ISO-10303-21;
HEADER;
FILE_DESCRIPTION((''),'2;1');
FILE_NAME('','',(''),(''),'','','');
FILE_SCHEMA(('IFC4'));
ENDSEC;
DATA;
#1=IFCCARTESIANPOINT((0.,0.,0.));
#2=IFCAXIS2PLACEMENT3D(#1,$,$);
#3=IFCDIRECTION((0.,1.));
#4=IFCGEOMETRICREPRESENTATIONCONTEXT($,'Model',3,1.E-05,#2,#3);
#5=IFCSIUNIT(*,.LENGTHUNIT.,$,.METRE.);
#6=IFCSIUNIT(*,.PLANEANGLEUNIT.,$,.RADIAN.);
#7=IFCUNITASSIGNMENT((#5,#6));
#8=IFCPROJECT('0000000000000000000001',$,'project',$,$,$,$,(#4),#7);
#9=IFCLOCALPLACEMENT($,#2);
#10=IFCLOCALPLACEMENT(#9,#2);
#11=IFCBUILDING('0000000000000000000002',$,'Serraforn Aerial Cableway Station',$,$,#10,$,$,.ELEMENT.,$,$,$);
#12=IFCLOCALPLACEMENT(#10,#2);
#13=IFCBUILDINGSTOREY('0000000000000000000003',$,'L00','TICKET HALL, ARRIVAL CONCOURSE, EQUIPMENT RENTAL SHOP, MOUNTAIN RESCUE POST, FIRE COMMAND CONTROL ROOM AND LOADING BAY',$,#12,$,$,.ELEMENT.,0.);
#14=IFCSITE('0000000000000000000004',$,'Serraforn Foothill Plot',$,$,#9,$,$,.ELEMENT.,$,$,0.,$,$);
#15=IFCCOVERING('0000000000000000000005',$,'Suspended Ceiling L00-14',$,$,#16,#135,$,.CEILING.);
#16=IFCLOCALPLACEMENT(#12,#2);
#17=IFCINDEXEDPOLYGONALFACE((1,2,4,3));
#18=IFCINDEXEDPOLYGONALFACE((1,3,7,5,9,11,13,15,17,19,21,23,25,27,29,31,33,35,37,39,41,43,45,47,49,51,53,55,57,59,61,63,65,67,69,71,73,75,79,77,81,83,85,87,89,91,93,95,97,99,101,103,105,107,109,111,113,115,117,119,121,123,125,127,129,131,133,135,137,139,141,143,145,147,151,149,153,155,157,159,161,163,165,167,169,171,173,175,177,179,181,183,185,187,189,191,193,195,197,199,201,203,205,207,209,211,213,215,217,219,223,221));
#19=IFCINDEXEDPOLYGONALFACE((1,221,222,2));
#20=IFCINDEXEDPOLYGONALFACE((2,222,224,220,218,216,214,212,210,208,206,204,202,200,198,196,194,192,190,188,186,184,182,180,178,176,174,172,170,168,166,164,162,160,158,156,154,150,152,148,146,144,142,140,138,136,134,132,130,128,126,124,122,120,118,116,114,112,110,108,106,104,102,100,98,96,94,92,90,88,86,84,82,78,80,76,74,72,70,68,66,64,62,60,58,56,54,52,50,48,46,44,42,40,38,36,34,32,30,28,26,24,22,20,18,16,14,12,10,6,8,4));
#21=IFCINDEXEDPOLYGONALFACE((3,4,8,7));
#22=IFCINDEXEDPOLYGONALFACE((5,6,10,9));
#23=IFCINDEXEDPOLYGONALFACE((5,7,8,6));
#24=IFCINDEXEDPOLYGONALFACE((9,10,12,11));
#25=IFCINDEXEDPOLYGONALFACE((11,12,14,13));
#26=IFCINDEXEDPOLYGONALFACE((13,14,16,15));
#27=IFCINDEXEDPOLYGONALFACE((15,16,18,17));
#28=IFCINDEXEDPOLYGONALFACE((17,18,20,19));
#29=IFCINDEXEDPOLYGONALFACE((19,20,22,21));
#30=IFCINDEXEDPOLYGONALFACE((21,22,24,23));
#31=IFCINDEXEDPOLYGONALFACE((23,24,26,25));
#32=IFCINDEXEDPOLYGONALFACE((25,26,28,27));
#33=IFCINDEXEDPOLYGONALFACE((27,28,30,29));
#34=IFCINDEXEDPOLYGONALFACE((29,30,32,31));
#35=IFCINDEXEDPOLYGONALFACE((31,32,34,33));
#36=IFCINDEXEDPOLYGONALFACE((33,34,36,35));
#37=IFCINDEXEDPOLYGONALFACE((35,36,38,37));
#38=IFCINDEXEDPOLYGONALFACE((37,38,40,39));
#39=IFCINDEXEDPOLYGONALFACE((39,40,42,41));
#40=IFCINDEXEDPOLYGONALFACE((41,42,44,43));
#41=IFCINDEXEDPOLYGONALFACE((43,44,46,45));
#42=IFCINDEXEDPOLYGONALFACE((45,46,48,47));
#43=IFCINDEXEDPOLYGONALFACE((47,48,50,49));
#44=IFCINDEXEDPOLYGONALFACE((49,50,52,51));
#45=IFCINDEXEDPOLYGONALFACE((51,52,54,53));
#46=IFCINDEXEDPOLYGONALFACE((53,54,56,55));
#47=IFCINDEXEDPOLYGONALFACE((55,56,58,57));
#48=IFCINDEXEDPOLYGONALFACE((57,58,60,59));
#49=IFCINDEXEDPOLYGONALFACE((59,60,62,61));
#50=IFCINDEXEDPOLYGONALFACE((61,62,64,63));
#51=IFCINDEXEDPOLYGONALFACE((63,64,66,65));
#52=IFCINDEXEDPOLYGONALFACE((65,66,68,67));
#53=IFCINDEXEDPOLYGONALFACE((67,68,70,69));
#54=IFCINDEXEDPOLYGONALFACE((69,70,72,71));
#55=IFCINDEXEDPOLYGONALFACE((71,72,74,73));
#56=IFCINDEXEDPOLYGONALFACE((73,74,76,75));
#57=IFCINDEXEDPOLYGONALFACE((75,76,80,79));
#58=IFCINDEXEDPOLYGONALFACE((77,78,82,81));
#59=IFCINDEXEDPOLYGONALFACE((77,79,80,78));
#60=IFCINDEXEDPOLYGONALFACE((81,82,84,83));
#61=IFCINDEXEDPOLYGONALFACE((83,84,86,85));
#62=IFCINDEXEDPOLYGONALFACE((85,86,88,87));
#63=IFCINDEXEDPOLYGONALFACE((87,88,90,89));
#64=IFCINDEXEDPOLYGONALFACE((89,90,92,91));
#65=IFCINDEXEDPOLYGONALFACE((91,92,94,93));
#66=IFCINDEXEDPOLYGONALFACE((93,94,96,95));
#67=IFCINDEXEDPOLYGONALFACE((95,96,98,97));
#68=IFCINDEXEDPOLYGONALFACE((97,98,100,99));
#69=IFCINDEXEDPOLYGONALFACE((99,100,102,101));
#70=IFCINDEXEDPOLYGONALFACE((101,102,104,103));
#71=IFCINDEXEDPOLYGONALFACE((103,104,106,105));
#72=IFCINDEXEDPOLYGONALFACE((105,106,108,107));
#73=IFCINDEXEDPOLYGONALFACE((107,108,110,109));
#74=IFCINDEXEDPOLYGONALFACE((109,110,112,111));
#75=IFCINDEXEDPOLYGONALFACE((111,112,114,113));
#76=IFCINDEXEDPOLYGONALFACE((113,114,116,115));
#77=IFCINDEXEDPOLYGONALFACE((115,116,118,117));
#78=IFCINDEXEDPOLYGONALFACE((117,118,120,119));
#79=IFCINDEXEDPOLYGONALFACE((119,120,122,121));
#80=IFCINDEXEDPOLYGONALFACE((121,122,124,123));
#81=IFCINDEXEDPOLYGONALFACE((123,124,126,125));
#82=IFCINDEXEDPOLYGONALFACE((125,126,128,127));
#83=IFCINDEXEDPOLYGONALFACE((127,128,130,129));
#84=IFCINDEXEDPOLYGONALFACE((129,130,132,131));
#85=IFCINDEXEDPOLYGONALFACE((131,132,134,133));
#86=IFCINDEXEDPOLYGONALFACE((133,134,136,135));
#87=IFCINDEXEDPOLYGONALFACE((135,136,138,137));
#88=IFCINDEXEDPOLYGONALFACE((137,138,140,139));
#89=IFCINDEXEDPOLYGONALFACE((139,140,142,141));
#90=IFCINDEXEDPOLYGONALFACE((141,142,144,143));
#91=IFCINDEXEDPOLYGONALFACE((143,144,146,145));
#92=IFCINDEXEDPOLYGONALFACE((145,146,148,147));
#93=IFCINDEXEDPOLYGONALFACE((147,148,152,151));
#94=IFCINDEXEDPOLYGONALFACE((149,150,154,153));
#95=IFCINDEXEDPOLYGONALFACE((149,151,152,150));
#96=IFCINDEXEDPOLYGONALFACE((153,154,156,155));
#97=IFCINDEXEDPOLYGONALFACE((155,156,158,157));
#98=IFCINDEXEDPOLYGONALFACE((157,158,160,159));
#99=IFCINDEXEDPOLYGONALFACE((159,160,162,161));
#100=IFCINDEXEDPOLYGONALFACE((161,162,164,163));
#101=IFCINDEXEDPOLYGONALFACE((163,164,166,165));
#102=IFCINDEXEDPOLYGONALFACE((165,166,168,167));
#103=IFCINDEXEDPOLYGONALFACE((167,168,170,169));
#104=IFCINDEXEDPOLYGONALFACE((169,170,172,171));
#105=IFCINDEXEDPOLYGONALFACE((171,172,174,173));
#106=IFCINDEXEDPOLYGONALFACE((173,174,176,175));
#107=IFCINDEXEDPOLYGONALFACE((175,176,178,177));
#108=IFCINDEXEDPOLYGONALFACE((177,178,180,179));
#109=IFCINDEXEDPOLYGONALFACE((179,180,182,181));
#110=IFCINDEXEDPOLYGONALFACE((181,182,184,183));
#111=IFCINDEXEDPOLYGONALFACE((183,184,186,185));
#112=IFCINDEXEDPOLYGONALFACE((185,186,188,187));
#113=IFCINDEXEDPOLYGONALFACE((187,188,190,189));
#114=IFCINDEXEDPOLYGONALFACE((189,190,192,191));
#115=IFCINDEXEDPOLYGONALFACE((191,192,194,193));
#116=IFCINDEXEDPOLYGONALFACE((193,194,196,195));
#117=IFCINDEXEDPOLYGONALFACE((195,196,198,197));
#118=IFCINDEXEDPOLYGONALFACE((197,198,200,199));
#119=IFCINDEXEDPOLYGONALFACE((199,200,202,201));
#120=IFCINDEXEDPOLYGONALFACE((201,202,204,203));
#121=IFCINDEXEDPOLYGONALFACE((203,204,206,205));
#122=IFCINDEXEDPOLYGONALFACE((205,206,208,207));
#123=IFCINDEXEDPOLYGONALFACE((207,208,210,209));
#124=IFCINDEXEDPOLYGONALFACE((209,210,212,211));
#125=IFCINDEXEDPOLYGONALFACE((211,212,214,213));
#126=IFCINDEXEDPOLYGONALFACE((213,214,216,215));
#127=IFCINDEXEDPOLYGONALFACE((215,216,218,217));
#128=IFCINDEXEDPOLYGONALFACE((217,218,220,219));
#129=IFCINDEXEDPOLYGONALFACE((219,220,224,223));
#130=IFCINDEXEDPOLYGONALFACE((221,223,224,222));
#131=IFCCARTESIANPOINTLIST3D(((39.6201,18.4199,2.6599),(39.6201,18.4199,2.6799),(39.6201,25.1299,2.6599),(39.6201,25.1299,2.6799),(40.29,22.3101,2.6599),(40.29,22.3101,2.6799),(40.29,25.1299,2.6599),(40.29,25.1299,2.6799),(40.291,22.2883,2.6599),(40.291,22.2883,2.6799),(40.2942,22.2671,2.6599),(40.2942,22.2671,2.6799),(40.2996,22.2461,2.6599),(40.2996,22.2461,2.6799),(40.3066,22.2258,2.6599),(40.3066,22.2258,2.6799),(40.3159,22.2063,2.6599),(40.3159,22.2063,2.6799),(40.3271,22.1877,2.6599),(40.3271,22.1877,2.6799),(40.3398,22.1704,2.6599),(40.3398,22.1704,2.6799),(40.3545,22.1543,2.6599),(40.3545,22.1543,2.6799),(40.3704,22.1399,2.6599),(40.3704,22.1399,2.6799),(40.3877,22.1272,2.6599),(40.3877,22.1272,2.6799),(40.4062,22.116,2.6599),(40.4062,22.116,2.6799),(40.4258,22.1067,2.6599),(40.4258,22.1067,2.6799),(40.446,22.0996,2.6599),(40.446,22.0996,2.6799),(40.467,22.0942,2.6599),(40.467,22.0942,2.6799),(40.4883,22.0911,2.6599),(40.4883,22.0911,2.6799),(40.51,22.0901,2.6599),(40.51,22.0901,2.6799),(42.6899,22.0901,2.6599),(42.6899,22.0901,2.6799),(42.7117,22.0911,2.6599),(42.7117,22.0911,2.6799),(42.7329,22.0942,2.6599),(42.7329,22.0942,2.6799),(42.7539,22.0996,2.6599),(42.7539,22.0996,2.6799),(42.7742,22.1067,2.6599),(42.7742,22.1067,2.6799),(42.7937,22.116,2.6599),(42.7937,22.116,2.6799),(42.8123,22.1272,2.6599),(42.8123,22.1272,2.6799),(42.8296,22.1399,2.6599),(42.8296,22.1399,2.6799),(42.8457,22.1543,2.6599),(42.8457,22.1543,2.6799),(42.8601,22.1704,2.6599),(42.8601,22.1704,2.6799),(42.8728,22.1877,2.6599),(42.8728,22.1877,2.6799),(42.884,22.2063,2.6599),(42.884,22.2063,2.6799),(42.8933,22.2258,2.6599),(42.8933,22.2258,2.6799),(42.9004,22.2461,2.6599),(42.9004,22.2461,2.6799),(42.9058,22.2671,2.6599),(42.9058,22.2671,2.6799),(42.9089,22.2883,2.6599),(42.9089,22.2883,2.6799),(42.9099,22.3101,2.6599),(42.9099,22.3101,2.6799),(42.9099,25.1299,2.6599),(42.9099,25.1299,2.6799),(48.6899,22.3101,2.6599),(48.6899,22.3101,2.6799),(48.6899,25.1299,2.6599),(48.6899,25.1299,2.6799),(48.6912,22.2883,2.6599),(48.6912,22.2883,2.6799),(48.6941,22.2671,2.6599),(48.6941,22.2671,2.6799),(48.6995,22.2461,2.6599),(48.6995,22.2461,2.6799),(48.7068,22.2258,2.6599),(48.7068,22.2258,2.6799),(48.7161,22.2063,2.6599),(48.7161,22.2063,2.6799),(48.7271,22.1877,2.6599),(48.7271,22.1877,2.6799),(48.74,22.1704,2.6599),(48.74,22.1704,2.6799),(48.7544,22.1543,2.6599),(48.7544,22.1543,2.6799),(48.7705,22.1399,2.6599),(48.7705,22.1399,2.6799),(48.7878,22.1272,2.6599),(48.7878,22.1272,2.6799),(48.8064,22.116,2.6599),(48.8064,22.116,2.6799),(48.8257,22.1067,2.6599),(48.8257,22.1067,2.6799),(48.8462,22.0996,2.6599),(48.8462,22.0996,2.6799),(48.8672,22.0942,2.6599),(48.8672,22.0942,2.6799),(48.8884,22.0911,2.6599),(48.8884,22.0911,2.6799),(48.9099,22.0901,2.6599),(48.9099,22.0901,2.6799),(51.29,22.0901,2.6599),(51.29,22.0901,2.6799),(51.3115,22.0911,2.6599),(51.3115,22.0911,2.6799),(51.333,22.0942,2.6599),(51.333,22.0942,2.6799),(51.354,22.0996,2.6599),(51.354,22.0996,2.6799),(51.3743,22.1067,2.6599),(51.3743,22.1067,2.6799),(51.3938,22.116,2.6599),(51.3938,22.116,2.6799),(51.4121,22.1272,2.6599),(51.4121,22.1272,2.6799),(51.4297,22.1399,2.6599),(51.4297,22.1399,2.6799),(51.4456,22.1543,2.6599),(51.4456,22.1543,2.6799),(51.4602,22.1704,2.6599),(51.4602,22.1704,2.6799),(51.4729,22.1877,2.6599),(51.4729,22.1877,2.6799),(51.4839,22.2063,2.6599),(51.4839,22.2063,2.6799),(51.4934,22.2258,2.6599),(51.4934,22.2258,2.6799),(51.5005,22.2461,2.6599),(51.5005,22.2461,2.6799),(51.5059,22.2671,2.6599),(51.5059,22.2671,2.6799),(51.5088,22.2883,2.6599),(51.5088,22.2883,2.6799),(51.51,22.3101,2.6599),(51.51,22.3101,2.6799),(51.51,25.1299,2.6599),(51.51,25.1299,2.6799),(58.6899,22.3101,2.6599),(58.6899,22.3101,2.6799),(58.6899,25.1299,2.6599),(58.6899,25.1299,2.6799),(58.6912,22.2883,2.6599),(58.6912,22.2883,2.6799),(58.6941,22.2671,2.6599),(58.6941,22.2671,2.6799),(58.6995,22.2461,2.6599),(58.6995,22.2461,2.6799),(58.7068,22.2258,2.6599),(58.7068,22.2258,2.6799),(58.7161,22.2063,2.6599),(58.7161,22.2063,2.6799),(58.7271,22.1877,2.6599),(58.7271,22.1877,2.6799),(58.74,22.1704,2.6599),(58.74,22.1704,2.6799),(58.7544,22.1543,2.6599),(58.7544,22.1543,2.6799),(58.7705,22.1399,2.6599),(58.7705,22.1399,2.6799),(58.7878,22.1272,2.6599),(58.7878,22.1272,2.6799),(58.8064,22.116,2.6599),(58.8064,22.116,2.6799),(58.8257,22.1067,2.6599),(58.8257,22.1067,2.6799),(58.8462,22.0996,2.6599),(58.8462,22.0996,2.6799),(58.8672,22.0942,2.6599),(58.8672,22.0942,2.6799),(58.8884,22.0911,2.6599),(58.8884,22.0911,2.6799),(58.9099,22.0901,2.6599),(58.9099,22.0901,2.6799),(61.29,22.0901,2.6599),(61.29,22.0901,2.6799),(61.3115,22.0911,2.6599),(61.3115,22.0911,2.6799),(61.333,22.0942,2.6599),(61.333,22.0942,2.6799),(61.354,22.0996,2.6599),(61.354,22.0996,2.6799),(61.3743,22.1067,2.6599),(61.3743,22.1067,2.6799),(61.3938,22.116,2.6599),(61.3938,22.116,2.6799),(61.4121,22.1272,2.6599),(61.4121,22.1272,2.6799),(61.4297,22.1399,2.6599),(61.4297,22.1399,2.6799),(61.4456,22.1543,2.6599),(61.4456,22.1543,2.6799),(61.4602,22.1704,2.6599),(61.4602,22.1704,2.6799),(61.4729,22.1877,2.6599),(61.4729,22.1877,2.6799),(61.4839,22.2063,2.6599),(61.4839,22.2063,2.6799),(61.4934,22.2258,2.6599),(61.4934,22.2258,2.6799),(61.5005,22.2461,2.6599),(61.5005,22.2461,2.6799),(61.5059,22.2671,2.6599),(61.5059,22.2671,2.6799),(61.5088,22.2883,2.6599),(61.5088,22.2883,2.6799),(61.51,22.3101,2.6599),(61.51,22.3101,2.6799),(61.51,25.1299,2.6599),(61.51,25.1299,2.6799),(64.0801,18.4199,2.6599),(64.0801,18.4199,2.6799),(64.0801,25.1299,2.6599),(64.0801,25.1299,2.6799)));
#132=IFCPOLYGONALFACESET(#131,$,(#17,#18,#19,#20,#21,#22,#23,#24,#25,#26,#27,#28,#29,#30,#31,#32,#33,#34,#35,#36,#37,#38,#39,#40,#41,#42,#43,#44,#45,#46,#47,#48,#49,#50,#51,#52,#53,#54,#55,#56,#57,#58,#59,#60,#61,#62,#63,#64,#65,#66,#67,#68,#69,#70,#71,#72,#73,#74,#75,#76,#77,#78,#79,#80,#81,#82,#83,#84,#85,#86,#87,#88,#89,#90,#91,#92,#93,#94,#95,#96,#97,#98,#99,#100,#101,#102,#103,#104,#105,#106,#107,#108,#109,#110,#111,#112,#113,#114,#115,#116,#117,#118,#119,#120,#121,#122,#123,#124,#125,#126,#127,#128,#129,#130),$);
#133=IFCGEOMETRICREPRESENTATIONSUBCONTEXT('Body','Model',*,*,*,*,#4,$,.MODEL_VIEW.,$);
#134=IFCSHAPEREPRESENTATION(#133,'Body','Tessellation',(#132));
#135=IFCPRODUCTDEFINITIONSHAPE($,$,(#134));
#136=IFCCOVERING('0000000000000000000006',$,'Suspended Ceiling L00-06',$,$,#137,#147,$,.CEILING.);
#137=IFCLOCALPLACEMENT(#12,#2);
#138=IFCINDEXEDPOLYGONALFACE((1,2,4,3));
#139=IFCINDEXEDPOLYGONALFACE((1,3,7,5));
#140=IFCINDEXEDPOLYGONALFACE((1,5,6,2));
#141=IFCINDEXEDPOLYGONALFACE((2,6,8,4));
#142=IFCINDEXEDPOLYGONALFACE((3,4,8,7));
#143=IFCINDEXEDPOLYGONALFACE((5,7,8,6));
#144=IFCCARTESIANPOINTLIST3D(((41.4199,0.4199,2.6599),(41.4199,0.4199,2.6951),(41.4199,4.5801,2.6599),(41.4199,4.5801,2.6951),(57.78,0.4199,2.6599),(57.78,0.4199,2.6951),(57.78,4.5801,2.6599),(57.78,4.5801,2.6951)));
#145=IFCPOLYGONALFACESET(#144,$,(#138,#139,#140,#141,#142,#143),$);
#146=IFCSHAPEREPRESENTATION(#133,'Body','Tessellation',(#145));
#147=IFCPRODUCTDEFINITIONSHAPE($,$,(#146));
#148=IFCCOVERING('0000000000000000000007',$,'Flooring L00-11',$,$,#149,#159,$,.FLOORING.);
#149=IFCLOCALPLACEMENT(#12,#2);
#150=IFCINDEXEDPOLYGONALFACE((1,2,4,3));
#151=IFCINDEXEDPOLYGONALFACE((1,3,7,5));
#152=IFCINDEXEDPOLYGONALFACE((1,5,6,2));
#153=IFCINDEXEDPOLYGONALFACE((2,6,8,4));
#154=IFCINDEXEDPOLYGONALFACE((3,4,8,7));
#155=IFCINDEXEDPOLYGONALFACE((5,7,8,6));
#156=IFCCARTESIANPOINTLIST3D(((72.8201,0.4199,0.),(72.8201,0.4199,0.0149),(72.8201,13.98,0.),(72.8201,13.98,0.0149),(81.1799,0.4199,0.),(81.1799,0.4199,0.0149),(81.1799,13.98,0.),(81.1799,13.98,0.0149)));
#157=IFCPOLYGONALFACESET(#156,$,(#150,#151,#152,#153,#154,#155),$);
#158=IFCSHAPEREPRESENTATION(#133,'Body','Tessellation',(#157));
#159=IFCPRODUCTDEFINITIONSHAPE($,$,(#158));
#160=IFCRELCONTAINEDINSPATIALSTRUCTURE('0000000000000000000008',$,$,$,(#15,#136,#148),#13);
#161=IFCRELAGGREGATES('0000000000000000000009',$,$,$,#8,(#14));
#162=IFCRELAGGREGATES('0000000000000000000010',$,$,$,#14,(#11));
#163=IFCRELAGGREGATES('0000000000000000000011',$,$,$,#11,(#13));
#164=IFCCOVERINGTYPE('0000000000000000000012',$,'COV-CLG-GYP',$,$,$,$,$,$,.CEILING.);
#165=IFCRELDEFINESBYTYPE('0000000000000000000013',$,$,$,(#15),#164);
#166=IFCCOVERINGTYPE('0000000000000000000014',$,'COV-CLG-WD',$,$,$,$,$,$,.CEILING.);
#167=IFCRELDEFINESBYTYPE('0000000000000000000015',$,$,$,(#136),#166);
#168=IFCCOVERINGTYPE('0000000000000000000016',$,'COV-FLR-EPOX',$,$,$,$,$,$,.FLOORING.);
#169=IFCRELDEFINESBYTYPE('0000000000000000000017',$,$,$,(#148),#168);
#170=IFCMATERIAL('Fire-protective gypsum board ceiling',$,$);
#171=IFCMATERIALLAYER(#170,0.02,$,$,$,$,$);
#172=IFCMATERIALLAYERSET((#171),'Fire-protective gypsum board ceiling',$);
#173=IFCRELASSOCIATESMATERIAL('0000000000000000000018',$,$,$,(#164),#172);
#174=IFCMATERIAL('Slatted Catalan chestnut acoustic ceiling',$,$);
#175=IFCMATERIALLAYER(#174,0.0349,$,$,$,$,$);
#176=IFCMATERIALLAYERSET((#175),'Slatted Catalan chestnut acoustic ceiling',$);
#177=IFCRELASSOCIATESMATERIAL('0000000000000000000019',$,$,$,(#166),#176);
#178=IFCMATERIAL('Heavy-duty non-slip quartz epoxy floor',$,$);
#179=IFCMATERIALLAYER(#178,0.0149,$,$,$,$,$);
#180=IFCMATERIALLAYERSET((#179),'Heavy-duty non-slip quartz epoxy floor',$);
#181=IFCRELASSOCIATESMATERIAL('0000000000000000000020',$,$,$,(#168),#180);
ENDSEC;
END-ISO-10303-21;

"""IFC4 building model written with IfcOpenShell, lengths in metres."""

from ifc_helpers import new_model, si_unit, direction, frame, origin, place, context, subcontext, project, spatial, polyline, outline, extrude, material, layer, layer_set, type_object, element, save


model = new_model("IFC4")

# Units and contexts
model_context = context("Model", 3, precision=1e-05, world=origin(), true_north=direction((0.0, 1.0)))
body_context = subcontext(model_context, "Body", "Model", "MODEL_VIEW")
ifc_project = project(units=[si_unit("LENGTHUNIT", "METRE"), si_unit("PLANEANGLEUNIT", "RADIAN")], contexts=[model_context])

# Site, building, storey
site_placement = place(None, origin())
site = spatial("IfcSite", under=ifc_project, at=site_placement, Name="Serraforn Foothill Plot", CompositionType="ELEMENT", RefElevation=0.0)
building_placement = place(site_placement, origin())
building = spatial("IfcBuilding", under=site, at=building_placement, Name="Serraforn Aerial Cableway Station", CompositionType="ELEMENT")
storey_placement = place(building_placement, origin())
storey = spatial("IfcBuildingStorey", under=building, at=storey_placement, Name="L00", Description="TICKET HALL, ARRIVAL CONCOURSE, EQUIPMENT RENTAL SHOP, MOUNTAIN RESCUE POST, FIRE COMMAND CONTROL ROOM AND LOADING BAY", CompositionType="ELEMENT", Elevation=0.0)

# Coverings
ifc_material_1 = material(Name="Fire-protective gypsum board ceiling")
ifc_layer_1 = layer(ifc_material_1, 0.02)
ifc_layer_set_1 = layer_set([ifc_layer_1], Name="Fire-protective gypsum board ceiling")
covering_type_1 = type_object("IfcCoveringType", Name="COV-CLG-GYP", PredefinedType="CEILING", material=ifc_layer_set_1)
covering_1_placement = place(storey_placement, frame((0.0, 0.0, 2.6599)))
element("IfcCovering", 1, at=covering_1_placement, inside=storey, type_object=covering_type_1, Name="Suspended Ceiling L00-14", PredefinedType="CEILING", context=body_context, shape_type="SweptSolid", body=[
    extrude(outline(polyline([(39.6201, 18.4199), (39.6201, 25.1299), (40.29, 25.1299), (40.29, 22.3101), (40.291, 22.2883), (40.2942, 22.2671), (40.2996, 22.2461), (40.3066, 22.2258), (40.3159, 22.2063), (40.3271, 22.1877), (40.3398, 22.1704), (40.3545, 22.1543), (40.3704, 22.1399), (40.3877, 22.1272), (40.4062, 22.116), (40.4258, 22.1067), (40.446, 22.0996), (40.467, 22.0942), (40.4883, 22.0911), (40.51, 22.0901), (42.6899, 22.0901), (42.7117, 22.0911), (42.7329, 22.0942), (42.7539, 22.0996), (42.7742, 22.1067), (42.7937, 22.116), (42.8123, 22.1272), (42.8296, 22.1399), (42.8457, 22.1543), (42.8601, 22.1704), (42.8728, 22.1877), (42.884, 22.2063), (42.8933, 22.2258), (42.9004, 22.2461), (42.9058, 22.2671), (42.9089, 22.2883), (42.9099, 22.3101), (42.9099, 25.1299), (48.6899, 25.1299), (48.6899, 22.3101), (48.6912, 22.2883), (48.6941, 22.2671), (48.6995, 22.2461), (48.7068, 22.2258), (48.7161, 22.2063), (48.7271, 22.1877), (48.74, 22.1704), (48.7544, 22.1543), (48.7705, 22.1399), (48.7878, 22.1272), (48.8064, 22.116), (48.8257, 22.1067), (48.8462, 22.0996), (48.8672, 22.0942), (48.8884, 22.0911), (48.9099, 22.0901), (51.29, 22.0901), (51.3115, 22.0911), (51.333, 22.0942), (51.354, 22.0996), (51.3743, 22.1067), (51.3938, 22.116), (51.4121, 22.1272), (51.4297, 22.1399), (51.4456, 22.1543), (51.4602, 22.1704), (51.4729, 22.1877), (51.4839, 22.2063), (51.4934, 22.2258), (51.5005, 22.2461), (51.5059, 22.2671), (51.5088, 22.2883), (51.51, 22.3101), (51.51, 25.1299), (58.6899, 25.1299), (58.6899, 22.3101), (58.6912, 22.2883), (58.6941, 22.2671), (58.6995, 22.2461), (58.7068, 22.2258), (58.7161, 22.2063), (58.7271, 22.1877), (58.74, 22.1704), (58.7544, 22.1543), (58.7705, 22.1399), (58.7878, 22.1272), (58.8064, 22.116), (58.8257, 22.1067), (58.8462, 22.0996), (58.8672, 22.0942), (58.8884, 22.0911), (58.9099, 22.0901), (61.29, 22.0901), (61.3115, 22.0911), (61.333, 22.0942), (61.354, 22.0996), (61.3743, 22.1067), (61.3938, 22.116), (61.4121, 22.1272), (61.4297, 22.1399), (61.4456, 22.1543), (61.4602, 22.1704), (61.4729, 22.1877), (61.4839, 22.2063), (61.4934, 22.2258), (61.5005, 22.2461), (61.5059, 22.2671), (61.5088, 22.2883), (61.51, 22.3101), (61.51, 25.1299), (64.0801, 25.1299), (64.0801, 18.4199), (39.6201, 18.4199)])), origin(), (0.0, 0.0, 1.0), 0.02),
])
ifc_material_2 = material(Name="Slatted Catalan chestnut acoustic ceiling")
ifc_layer_2 = layer(ifc_material_2, 0.0349)
ifc_layer_set_2 = layer_set([ifc_layer_2], Name="Slatted Catalan chestnut acoustic ceiling")
covering_type_2 = type_object("IfcCoveringType", Name="COV-CLG-WD", PredefinedType="CEILING", material=ifc_layer_set_2)
covering_2_placement = place(storey_placement, frame((0.0, 0.0, 2.6599)))
element("IfcCovering", 2, at=covering_2_placement, inside=storey, type_object=covering_type_2, Name="Suspended Ceiling L00-06", PredefinedType="CEILING", context=body_context, shape_type="SweptSolid", body=[
    extrude(outline(polyline([(41.4199, 4.5801), (57.78, 4.5801), (57.78, 0.4199), (41.4199, 0.4199), (41.4199, 4.5801)])), origin(), (0.0, 0.0, 1.0), 0.0352),
])
ifc_material_3 = material(Name="Heavy-duty non-slip quartz epoxy floor")
ifc_layer_3 = layer(ifc_material_3, 0.0149)
ifc_layer_set_3 = layer_set([ifc_layer_3], Name="Heavy-duty non-slip quartz epoxy floor")
covering_type_3 = type_object("IfcCoveringType", Name="COV-FLR-EPOX", PredefinedType="FLOORING", material=ifc_layer_set_3)
covering_3_placement = place(storey_placement, origin())
element("IfcCovering", 3, at=covering_3_placement, inside=storey, type_object=covering_type_3, Name="Flooring L00-11", PredefinedType="FLOORING", context=body_context, shape_type="SweptSolid", body=[
    extrude(outline(polyline([(72.8201, 0.4199), (72.8201, 13.98), (81.1799, 13.98), (81.1799, 0.4199), (72.8201, 0.4199)])), origin(), (0.0, 0.0, 1.0), 0.0149),
])

save(model, "model.ifc")
